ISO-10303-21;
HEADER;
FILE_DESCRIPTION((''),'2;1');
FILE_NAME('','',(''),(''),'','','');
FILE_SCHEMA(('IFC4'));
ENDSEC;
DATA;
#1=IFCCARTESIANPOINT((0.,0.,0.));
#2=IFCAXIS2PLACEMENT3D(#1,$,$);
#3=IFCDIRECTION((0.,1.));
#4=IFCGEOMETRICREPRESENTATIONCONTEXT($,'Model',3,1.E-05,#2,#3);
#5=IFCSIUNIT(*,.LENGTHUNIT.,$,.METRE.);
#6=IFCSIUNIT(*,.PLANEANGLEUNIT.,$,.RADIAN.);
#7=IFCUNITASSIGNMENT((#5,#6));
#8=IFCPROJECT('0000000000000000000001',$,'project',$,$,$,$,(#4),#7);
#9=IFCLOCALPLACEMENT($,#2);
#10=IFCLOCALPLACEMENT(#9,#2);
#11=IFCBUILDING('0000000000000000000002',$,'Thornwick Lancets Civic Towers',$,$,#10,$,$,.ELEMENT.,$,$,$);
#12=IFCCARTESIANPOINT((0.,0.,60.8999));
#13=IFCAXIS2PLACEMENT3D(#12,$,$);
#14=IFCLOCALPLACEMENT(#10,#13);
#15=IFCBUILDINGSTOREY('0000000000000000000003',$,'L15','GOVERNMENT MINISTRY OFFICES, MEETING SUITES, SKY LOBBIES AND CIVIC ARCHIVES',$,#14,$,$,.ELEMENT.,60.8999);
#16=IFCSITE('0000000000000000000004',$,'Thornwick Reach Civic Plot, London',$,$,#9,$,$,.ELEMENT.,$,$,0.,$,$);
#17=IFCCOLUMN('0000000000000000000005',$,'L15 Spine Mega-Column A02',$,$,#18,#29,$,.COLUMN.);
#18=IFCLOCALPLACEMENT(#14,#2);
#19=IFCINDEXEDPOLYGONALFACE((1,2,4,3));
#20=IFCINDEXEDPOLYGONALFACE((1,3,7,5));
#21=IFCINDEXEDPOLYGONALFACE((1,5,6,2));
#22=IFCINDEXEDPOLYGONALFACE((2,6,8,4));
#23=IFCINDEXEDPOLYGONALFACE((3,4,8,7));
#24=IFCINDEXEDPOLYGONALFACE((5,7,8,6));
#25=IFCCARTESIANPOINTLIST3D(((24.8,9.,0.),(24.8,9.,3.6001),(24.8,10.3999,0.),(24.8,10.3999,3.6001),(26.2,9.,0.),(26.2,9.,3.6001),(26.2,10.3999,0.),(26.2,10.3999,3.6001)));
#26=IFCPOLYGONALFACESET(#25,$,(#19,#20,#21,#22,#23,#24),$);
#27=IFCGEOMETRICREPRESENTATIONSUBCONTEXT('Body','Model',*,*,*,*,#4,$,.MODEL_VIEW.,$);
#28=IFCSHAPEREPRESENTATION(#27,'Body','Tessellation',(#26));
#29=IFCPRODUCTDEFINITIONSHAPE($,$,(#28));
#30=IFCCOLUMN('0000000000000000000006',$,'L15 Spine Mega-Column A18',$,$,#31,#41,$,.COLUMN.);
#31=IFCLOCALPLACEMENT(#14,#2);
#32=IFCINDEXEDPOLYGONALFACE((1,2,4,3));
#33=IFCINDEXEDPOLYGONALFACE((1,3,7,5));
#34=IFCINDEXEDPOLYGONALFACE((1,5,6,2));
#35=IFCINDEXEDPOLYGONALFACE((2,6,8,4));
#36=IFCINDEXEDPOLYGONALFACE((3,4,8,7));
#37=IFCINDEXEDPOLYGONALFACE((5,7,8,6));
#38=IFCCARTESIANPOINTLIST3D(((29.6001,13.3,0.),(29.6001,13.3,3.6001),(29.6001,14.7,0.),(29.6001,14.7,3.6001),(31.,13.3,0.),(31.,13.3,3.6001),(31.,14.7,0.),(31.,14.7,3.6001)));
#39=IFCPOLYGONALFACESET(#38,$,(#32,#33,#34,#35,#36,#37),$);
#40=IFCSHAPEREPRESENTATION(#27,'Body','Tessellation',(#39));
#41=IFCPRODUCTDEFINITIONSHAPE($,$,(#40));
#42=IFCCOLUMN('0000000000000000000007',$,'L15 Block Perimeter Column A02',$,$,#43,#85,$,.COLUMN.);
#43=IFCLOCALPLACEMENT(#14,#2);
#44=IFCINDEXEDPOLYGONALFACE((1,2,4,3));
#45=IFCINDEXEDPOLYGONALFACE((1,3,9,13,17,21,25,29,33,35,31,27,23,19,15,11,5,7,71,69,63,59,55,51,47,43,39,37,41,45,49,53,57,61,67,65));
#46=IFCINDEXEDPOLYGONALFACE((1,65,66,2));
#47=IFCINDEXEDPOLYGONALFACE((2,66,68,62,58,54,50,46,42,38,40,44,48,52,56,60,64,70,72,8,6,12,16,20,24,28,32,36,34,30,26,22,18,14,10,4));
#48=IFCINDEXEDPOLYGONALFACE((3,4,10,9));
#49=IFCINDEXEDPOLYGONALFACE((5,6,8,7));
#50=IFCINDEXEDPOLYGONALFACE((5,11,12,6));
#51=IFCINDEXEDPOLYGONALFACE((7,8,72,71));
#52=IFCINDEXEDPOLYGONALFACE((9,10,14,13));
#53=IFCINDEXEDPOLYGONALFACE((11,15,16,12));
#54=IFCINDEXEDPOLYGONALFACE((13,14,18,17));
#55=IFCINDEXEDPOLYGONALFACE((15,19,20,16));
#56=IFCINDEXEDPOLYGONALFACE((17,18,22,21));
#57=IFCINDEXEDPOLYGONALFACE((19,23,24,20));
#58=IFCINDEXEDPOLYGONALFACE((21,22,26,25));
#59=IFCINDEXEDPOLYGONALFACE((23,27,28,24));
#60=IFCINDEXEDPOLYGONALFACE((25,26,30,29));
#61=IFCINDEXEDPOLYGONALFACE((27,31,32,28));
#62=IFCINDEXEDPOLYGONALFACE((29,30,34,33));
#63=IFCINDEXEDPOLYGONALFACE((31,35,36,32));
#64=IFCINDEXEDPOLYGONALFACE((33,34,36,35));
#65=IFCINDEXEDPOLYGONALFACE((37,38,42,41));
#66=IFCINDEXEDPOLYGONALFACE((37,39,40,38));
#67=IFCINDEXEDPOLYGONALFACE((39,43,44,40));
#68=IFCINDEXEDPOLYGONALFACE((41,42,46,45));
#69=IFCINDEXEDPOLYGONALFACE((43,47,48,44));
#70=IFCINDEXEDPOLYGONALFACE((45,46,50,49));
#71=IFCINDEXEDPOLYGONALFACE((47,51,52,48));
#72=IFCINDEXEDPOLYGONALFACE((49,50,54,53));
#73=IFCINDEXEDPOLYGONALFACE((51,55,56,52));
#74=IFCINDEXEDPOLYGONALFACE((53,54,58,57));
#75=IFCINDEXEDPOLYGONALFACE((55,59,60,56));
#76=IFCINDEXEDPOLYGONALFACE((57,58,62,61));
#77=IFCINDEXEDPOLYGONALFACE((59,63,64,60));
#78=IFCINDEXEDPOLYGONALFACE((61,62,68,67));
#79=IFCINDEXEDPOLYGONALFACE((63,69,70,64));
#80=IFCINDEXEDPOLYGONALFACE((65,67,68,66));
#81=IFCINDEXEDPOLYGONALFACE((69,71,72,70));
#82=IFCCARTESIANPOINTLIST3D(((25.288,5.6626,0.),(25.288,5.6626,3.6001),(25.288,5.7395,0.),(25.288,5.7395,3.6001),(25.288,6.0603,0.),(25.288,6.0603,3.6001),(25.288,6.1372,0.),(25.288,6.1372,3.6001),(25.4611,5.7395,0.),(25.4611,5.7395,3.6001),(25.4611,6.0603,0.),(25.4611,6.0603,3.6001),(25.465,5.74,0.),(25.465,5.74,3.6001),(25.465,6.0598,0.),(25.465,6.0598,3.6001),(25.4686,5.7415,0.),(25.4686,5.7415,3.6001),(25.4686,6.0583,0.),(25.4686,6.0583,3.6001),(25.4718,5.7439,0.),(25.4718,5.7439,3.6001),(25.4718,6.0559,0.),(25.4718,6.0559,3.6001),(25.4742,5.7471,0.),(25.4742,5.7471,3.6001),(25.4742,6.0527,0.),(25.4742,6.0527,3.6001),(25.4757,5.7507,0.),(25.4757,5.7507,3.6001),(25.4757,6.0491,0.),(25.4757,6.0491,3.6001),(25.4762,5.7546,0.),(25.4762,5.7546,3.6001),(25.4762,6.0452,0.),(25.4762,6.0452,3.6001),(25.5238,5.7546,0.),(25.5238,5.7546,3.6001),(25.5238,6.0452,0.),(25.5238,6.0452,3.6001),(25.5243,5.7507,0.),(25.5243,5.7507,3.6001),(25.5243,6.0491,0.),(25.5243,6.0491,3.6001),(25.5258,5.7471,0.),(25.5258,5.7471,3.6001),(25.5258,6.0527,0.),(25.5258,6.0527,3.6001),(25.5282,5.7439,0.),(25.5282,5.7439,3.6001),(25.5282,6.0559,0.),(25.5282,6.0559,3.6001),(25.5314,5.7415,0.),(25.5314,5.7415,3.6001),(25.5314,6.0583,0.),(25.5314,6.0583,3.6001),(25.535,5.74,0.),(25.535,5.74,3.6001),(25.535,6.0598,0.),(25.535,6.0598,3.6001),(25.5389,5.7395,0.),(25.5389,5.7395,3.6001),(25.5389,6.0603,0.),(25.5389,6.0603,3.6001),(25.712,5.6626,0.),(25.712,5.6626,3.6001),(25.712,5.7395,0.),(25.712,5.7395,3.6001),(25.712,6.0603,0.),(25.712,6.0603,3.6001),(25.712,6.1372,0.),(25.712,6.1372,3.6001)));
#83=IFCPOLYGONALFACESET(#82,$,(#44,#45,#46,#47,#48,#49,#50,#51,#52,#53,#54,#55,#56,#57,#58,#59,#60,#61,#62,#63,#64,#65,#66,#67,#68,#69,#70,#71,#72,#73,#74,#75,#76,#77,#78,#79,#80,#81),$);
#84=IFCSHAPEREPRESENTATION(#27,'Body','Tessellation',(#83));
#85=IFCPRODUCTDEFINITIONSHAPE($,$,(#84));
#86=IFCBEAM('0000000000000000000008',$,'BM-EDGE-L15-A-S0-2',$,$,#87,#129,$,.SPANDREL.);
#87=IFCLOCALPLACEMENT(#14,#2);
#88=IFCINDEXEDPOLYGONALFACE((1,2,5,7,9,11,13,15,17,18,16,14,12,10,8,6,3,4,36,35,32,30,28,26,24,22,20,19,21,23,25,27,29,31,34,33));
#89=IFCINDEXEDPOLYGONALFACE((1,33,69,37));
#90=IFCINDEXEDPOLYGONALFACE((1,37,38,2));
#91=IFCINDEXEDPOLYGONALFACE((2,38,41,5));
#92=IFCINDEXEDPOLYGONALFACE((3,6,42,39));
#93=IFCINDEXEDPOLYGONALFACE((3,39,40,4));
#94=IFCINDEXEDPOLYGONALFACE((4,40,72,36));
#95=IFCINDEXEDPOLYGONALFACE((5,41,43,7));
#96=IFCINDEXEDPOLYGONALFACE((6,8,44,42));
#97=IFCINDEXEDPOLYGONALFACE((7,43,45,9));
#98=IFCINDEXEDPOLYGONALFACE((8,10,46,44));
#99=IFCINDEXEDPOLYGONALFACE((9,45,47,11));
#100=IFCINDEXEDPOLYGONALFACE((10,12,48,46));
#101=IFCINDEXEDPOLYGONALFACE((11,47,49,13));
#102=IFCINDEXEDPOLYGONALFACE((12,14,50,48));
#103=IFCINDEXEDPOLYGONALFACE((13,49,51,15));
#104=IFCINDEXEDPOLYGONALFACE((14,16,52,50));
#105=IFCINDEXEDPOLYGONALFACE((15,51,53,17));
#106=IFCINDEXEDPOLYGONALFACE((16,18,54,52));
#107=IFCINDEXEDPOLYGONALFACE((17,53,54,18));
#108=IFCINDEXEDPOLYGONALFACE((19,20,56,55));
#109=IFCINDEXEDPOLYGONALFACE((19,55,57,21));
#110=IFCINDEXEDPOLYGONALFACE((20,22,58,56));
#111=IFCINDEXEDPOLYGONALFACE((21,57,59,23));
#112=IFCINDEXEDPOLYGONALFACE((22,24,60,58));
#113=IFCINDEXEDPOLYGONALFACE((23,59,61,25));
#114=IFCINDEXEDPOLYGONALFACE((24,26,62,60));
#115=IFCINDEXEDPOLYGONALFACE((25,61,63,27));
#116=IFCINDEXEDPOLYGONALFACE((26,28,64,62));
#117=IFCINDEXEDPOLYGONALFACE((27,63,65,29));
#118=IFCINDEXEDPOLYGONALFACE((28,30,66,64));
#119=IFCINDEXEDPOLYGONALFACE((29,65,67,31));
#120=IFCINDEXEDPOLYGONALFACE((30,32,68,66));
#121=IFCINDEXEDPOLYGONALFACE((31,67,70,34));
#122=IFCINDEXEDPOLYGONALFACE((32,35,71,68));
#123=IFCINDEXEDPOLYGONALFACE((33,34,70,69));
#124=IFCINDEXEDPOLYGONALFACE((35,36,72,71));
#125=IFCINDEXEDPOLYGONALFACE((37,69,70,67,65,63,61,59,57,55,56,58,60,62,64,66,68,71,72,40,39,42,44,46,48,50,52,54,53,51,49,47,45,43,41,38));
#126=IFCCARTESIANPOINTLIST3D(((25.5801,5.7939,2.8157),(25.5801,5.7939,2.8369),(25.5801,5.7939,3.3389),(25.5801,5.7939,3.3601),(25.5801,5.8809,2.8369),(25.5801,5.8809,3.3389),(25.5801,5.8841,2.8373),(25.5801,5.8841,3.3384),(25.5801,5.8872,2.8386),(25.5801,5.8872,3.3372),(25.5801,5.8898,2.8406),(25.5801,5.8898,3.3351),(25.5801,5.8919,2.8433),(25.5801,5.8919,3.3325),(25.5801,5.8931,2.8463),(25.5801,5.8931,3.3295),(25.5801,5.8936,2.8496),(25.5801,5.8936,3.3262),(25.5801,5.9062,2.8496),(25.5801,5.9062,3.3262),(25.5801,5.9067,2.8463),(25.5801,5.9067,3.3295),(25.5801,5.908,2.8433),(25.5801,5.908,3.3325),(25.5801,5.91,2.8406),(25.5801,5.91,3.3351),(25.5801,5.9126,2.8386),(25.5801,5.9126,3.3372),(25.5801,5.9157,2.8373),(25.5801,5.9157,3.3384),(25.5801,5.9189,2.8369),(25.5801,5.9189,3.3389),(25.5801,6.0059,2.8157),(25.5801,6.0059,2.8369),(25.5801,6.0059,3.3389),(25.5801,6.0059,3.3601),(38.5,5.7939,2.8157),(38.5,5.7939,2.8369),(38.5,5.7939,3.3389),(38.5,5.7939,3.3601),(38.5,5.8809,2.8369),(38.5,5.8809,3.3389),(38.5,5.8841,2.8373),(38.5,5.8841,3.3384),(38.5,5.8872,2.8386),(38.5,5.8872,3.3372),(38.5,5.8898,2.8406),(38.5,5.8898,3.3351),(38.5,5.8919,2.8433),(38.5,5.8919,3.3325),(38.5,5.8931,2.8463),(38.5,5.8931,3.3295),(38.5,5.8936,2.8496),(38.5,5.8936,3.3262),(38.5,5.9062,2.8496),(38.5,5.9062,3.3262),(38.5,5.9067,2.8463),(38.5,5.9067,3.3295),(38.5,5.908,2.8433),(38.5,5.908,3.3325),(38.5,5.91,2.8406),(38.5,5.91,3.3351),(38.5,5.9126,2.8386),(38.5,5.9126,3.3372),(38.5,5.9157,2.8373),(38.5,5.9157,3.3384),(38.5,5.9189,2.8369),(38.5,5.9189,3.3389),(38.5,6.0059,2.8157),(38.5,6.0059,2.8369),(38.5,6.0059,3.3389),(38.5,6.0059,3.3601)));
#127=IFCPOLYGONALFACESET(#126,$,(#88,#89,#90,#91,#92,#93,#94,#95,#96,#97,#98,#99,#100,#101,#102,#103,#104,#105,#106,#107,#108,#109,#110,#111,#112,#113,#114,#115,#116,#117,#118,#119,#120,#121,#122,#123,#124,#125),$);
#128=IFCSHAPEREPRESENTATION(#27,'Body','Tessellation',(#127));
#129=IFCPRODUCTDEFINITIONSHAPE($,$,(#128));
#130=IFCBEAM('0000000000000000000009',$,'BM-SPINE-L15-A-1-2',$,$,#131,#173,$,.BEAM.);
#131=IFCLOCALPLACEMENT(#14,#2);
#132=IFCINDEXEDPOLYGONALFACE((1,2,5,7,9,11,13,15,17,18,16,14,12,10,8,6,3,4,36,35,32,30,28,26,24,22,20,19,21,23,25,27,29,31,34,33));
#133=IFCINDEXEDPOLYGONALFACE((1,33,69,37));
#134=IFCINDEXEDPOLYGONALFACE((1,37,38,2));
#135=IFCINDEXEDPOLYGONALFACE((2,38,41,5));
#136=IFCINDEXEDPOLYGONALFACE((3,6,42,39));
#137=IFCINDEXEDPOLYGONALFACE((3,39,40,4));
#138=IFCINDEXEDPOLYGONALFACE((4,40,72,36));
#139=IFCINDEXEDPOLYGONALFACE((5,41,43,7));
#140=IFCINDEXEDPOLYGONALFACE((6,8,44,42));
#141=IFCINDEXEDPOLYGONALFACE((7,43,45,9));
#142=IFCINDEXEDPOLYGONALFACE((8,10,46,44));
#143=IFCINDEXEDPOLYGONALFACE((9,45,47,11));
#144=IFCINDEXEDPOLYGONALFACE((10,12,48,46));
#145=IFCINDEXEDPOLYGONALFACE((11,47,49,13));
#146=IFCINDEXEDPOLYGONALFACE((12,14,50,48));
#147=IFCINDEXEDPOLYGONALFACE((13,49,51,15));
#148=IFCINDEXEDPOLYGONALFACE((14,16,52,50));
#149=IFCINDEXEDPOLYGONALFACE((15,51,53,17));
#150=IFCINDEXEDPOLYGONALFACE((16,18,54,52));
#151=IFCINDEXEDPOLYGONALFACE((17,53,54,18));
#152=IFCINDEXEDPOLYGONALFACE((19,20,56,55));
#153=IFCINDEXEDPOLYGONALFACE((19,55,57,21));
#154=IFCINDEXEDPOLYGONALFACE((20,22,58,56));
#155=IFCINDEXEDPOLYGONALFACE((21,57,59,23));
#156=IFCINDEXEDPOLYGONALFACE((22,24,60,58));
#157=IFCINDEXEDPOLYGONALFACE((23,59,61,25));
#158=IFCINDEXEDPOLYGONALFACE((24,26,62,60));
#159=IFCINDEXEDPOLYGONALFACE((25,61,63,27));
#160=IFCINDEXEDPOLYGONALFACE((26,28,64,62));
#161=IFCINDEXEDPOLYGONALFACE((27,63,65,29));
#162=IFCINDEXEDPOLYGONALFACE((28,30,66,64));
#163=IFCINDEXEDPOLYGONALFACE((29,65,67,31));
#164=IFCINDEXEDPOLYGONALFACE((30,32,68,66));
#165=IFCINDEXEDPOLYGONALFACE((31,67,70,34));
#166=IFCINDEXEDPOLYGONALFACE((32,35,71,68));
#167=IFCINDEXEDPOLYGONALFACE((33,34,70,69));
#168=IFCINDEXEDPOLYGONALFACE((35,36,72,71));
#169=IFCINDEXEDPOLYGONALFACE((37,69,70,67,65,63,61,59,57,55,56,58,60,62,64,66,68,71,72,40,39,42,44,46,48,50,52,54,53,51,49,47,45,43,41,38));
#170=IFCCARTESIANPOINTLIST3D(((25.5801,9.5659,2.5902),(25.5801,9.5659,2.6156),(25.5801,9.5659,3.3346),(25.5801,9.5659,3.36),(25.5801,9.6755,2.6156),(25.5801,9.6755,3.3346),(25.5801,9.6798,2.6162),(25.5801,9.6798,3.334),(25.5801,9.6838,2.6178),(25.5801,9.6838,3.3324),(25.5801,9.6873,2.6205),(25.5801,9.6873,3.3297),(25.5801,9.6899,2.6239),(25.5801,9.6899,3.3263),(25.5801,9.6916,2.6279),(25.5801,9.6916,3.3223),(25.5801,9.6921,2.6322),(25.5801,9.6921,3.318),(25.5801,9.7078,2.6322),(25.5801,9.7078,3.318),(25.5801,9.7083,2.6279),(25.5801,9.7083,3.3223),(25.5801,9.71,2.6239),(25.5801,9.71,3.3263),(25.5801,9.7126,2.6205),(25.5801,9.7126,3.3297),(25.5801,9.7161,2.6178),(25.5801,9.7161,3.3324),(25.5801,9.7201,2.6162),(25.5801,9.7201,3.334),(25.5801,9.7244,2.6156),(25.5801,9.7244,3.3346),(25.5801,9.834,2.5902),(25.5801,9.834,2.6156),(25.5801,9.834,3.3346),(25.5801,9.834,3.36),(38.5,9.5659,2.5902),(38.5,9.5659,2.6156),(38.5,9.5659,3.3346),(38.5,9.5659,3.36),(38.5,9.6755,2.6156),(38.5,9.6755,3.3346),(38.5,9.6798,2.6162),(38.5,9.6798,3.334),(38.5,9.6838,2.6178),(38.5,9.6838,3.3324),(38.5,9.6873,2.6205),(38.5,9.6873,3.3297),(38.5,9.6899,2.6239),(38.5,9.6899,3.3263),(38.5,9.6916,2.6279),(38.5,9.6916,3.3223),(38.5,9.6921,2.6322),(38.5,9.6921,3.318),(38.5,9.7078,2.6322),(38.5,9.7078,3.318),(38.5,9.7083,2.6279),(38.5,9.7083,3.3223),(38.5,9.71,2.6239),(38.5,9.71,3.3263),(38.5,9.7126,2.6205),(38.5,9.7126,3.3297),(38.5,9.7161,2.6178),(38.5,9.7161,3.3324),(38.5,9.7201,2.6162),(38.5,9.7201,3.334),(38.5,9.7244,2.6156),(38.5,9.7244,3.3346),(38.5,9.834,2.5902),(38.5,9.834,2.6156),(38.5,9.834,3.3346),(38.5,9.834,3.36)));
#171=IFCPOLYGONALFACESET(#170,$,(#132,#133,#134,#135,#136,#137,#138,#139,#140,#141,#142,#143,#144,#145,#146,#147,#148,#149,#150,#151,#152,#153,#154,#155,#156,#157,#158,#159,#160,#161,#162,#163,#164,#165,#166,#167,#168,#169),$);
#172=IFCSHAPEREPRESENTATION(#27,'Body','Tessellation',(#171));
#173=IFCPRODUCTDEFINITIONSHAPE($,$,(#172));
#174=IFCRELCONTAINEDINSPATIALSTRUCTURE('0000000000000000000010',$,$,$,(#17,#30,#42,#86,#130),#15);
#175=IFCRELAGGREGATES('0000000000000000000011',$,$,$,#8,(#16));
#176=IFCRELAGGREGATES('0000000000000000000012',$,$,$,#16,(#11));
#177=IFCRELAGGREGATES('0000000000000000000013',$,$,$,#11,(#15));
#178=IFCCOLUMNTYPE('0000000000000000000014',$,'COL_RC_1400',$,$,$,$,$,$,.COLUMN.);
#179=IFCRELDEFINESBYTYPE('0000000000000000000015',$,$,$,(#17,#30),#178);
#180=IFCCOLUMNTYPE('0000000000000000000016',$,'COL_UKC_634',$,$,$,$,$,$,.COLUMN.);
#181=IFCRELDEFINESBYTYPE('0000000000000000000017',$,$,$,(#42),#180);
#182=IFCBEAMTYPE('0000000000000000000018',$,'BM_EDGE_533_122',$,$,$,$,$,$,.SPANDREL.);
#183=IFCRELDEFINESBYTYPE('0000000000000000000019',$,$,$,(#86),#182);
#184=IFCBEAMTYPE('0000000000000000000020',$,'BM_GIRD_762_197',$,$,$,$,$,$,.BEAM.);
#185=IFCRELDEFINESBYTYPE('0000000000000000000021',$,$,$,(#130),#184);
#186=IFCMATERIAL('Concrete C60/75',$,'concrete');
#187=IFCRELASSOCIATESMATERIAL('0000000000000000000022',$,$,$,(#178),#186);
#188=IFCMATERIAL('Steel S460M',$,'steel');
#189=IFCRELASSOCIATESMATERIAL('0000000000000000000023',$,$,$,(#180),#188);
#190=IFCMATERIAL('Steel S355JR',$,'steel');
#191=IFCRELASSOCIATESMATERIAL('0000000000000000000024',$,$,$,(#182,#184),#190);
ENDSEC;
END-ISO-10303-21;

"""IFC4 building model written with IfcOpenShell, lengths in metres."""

from ifc_helpers import new_model, si_unit, direction, frame, origin, origin_2d, place, context, subcontext, project, spatial, rectangle, i_section, extrude, material, material_profile, profile_set, type_object, element, save


model = new_model("IFC4")

# Units and contexts
model_context = context("Model", 3, precision=1e-05, world=origin(), true_north=direction((0.0, 1.0)))
body_context = subcontext(model_context, "Body", "Model", "MODEL_VIEW")
ifc_project = project(units=[si_unit("LENGTHUNIT", "METRE"), si_unit("PLANEANGLEUNIT", "RADIAN")], contexts=[model_context])

# Site, building, storey
site_placement = place(None, origin())
site = spatial("IfcSite", under=ifc_project, at=site_placement, Name="Thornwick Reach Civic Plot, London", CompositionType="ELEMENT", RefElevation=0.0)
building_placement = place(site_placement, origin())
building = spatial("IfcBuilding", under=site, at=building_placement, Name="Thornwick Lancets Civic Towers", CompositionType="ELEMENT")
storey_placement = place(building_placement, frame((0.0, 0.0, 60.8999)))
storey = spatial("IfcBuildingStorey", under=building, at=storey_placement, Name="L15", Description="GOVERNMENT MINISTRY OFFICES, MEETING SUITES, SKY LOBBIES AND CIVIC ARCHIVES", CompositionType="ELEMENT", Elevation=60.8999)

# Columns
ifc_material_1 = material(Name="Concrete C60/75", Category="concrete")
ifc_material_profile_1 = material_profile(ifc_material_1, rectangle(XDim=1.3999, YDim=1.3999, at=origin_2d()), Name="RC 1400x1400")
ifc_profile_set_1 = profile_set([ifc_material_profile_1], Name="Concrete C60/75")
column_type_1 = type_object("IfcColumnType", Name="COL_RC_1400", PredefinedType="COLUMN", material=ifc_profile_set_1)
for number, where, z_axis, x_axis, name in (
    (1, (25.5, 9.7, 0.0), (0.0, 0.0, 1.0), (1.0, 0.0, 0.0), "L15 Spine Mega-Column A02"),
    (2, (30.3, 14.0, 0.0), (0.0, 0.0, 1.0), (1.0, 0.0, 0.0), "L15 Spine Mega-Column A18"),
):
    element("IfcColumn", number, at=place(storey_placement, frame(where, z_axis=z_axis, x_axis=x_axis)), inside=storey, type_object=column_type_1, Name=name, PredefinedType="COLUMN", context=body_context, shape_type="SweptSolid", body=[
        extrude(rectangle(XDim=1.3999, YDim=1.3999, at=origin_2d()), origin(), (0.0, 0.0, 1.0), 3.6001),
    ])
ifc_material_2 = material(Name="Steel S460M", Category="steel")
ifc_material_profile_2 = material_profile(ifc_material_2, i_section(OverallWidth=0.4241, OverallDepth=0.4746, WebThickness=0.0476, FlangeThickness=0.0769, FilletRadius=0.0151, at=origin_2d()), Name="UKC 356x406x634")
ifc_profile_set_2 = profile_set([ifc_material_profile_2], Name="Steel S460M")
column_type_2 = type_object("IfcColumnType", Name="COL_UKC_634", PredefinedType="COLUMN", material=ifc_profile_set_2)
column_placement = place(storey_placement, frame((25.5, 5.8999, 0.0), z_axis=(0.0, 0.0, 1.0), x_axis=(1.0, 0.0, 0.0)))
element("IfcColumn", 3, at=column_placement, inside=storey, type_object=column_type_2, Name="L15 Block Perimeter Column A02", PredefinedType="COLUMN", context=body_context, shape_type="SweptSolid", body=[
    extrude(i_section(OverallWidth=0.4241, OverallDepth=0.4746, WebThickness=0.0476, FlangeThickness=0.0769, FilletRadius=0.0151, at=origin_2d()), origin(), (0.0, 0.0, 1.0), 3.6001),
])

# Beams
ifc_material_3 = material(Name="Steel S355JR", Category="steel")
ifc_material_profile_3 = material_profile(ifc_material_3, i_section(OverallWidth=0.2119, OverallDepth=0.5444, WebThickness=0.0127, FlangeThickness=0.0212, FilletRadius=0.0127, at=origin_2d()), Name="UKB 533x210x122")
ifc_profile_set_3 = profile_set([ifc_material_profile_3], Name="Steel S355JR")
beam_type_1 = type_object("IfcBeamType", Name="BM_EDGE_533_122", PredefinedType="SPANDREL", material=ifc_profile_set_3)
beam_1_placement = place(storey_placement, frame((25.5801, 5.8999, 3.0879), z_axis=(1.0, 0.0, 0.0), x_axis=(0.0, 1.0, 0.0)))
element("IfcBeam", 4, at=beam_1_placement, inside=storey, type_object=beam_type_1, Name="BM-EDGE-L15-A-S0-2", PredefinedType="SPANDREL", context=body_context, shape_type="SweptSolid", body=[
    extrude(i_section(OverallWidth=0.2119, OverallDepth=0.5444, WebThickness=0.0127, FlangeThickness=0.0212, FilletRadius=0.0127, at=origin_2d()), origin(), (0.0, 0.0, 1.0), 12.9199),
])
ifc_material_profile_4 = material_profile(ifc_material_3, i_section(OverallWidth=0.2681, OverallDepth=0.7698, WebThickness=0.0156, FlangeThickness=0.0254, FilletRadius=0.0166, at=origin_2d()), Name="UKB 762x267x197")
ifc_profile_set_4 = profile_set([ifc_material_profile_4], Name="Steel S355JR")
beam_type_2 = type_object("IfcBeamType", Name="BM_GIRD_762_197", PredefinedType="BEAM", material=ifc_profile_set_4)
beam_2_placement = place(storey_placement, frame((25.5801, 9.7, 2.9751), z_axis=(1.0, 0.0, 0.0), x_axis=(0.0, 1.0, 0.0)))
element("IfcBeam", 5, at=beam_2_placement, inside=storey, type_object=beam_type_2, Name="BM-SPINE-L15-A-1-2", PredefinedType="BEAM", context=body_context, shape_type="SweptSolid", body=[
    extrude(i_section(OverallWidth=0.2681, OverallDepth=0.7698, WebThickness=0.0156, FlangeThickness=0.0254, FilletRadius=0.0166, at=origin_2d()), origin(), (0.0, 0.0, 1.0), 12.9199),
])

save(model, "model.ifc")
